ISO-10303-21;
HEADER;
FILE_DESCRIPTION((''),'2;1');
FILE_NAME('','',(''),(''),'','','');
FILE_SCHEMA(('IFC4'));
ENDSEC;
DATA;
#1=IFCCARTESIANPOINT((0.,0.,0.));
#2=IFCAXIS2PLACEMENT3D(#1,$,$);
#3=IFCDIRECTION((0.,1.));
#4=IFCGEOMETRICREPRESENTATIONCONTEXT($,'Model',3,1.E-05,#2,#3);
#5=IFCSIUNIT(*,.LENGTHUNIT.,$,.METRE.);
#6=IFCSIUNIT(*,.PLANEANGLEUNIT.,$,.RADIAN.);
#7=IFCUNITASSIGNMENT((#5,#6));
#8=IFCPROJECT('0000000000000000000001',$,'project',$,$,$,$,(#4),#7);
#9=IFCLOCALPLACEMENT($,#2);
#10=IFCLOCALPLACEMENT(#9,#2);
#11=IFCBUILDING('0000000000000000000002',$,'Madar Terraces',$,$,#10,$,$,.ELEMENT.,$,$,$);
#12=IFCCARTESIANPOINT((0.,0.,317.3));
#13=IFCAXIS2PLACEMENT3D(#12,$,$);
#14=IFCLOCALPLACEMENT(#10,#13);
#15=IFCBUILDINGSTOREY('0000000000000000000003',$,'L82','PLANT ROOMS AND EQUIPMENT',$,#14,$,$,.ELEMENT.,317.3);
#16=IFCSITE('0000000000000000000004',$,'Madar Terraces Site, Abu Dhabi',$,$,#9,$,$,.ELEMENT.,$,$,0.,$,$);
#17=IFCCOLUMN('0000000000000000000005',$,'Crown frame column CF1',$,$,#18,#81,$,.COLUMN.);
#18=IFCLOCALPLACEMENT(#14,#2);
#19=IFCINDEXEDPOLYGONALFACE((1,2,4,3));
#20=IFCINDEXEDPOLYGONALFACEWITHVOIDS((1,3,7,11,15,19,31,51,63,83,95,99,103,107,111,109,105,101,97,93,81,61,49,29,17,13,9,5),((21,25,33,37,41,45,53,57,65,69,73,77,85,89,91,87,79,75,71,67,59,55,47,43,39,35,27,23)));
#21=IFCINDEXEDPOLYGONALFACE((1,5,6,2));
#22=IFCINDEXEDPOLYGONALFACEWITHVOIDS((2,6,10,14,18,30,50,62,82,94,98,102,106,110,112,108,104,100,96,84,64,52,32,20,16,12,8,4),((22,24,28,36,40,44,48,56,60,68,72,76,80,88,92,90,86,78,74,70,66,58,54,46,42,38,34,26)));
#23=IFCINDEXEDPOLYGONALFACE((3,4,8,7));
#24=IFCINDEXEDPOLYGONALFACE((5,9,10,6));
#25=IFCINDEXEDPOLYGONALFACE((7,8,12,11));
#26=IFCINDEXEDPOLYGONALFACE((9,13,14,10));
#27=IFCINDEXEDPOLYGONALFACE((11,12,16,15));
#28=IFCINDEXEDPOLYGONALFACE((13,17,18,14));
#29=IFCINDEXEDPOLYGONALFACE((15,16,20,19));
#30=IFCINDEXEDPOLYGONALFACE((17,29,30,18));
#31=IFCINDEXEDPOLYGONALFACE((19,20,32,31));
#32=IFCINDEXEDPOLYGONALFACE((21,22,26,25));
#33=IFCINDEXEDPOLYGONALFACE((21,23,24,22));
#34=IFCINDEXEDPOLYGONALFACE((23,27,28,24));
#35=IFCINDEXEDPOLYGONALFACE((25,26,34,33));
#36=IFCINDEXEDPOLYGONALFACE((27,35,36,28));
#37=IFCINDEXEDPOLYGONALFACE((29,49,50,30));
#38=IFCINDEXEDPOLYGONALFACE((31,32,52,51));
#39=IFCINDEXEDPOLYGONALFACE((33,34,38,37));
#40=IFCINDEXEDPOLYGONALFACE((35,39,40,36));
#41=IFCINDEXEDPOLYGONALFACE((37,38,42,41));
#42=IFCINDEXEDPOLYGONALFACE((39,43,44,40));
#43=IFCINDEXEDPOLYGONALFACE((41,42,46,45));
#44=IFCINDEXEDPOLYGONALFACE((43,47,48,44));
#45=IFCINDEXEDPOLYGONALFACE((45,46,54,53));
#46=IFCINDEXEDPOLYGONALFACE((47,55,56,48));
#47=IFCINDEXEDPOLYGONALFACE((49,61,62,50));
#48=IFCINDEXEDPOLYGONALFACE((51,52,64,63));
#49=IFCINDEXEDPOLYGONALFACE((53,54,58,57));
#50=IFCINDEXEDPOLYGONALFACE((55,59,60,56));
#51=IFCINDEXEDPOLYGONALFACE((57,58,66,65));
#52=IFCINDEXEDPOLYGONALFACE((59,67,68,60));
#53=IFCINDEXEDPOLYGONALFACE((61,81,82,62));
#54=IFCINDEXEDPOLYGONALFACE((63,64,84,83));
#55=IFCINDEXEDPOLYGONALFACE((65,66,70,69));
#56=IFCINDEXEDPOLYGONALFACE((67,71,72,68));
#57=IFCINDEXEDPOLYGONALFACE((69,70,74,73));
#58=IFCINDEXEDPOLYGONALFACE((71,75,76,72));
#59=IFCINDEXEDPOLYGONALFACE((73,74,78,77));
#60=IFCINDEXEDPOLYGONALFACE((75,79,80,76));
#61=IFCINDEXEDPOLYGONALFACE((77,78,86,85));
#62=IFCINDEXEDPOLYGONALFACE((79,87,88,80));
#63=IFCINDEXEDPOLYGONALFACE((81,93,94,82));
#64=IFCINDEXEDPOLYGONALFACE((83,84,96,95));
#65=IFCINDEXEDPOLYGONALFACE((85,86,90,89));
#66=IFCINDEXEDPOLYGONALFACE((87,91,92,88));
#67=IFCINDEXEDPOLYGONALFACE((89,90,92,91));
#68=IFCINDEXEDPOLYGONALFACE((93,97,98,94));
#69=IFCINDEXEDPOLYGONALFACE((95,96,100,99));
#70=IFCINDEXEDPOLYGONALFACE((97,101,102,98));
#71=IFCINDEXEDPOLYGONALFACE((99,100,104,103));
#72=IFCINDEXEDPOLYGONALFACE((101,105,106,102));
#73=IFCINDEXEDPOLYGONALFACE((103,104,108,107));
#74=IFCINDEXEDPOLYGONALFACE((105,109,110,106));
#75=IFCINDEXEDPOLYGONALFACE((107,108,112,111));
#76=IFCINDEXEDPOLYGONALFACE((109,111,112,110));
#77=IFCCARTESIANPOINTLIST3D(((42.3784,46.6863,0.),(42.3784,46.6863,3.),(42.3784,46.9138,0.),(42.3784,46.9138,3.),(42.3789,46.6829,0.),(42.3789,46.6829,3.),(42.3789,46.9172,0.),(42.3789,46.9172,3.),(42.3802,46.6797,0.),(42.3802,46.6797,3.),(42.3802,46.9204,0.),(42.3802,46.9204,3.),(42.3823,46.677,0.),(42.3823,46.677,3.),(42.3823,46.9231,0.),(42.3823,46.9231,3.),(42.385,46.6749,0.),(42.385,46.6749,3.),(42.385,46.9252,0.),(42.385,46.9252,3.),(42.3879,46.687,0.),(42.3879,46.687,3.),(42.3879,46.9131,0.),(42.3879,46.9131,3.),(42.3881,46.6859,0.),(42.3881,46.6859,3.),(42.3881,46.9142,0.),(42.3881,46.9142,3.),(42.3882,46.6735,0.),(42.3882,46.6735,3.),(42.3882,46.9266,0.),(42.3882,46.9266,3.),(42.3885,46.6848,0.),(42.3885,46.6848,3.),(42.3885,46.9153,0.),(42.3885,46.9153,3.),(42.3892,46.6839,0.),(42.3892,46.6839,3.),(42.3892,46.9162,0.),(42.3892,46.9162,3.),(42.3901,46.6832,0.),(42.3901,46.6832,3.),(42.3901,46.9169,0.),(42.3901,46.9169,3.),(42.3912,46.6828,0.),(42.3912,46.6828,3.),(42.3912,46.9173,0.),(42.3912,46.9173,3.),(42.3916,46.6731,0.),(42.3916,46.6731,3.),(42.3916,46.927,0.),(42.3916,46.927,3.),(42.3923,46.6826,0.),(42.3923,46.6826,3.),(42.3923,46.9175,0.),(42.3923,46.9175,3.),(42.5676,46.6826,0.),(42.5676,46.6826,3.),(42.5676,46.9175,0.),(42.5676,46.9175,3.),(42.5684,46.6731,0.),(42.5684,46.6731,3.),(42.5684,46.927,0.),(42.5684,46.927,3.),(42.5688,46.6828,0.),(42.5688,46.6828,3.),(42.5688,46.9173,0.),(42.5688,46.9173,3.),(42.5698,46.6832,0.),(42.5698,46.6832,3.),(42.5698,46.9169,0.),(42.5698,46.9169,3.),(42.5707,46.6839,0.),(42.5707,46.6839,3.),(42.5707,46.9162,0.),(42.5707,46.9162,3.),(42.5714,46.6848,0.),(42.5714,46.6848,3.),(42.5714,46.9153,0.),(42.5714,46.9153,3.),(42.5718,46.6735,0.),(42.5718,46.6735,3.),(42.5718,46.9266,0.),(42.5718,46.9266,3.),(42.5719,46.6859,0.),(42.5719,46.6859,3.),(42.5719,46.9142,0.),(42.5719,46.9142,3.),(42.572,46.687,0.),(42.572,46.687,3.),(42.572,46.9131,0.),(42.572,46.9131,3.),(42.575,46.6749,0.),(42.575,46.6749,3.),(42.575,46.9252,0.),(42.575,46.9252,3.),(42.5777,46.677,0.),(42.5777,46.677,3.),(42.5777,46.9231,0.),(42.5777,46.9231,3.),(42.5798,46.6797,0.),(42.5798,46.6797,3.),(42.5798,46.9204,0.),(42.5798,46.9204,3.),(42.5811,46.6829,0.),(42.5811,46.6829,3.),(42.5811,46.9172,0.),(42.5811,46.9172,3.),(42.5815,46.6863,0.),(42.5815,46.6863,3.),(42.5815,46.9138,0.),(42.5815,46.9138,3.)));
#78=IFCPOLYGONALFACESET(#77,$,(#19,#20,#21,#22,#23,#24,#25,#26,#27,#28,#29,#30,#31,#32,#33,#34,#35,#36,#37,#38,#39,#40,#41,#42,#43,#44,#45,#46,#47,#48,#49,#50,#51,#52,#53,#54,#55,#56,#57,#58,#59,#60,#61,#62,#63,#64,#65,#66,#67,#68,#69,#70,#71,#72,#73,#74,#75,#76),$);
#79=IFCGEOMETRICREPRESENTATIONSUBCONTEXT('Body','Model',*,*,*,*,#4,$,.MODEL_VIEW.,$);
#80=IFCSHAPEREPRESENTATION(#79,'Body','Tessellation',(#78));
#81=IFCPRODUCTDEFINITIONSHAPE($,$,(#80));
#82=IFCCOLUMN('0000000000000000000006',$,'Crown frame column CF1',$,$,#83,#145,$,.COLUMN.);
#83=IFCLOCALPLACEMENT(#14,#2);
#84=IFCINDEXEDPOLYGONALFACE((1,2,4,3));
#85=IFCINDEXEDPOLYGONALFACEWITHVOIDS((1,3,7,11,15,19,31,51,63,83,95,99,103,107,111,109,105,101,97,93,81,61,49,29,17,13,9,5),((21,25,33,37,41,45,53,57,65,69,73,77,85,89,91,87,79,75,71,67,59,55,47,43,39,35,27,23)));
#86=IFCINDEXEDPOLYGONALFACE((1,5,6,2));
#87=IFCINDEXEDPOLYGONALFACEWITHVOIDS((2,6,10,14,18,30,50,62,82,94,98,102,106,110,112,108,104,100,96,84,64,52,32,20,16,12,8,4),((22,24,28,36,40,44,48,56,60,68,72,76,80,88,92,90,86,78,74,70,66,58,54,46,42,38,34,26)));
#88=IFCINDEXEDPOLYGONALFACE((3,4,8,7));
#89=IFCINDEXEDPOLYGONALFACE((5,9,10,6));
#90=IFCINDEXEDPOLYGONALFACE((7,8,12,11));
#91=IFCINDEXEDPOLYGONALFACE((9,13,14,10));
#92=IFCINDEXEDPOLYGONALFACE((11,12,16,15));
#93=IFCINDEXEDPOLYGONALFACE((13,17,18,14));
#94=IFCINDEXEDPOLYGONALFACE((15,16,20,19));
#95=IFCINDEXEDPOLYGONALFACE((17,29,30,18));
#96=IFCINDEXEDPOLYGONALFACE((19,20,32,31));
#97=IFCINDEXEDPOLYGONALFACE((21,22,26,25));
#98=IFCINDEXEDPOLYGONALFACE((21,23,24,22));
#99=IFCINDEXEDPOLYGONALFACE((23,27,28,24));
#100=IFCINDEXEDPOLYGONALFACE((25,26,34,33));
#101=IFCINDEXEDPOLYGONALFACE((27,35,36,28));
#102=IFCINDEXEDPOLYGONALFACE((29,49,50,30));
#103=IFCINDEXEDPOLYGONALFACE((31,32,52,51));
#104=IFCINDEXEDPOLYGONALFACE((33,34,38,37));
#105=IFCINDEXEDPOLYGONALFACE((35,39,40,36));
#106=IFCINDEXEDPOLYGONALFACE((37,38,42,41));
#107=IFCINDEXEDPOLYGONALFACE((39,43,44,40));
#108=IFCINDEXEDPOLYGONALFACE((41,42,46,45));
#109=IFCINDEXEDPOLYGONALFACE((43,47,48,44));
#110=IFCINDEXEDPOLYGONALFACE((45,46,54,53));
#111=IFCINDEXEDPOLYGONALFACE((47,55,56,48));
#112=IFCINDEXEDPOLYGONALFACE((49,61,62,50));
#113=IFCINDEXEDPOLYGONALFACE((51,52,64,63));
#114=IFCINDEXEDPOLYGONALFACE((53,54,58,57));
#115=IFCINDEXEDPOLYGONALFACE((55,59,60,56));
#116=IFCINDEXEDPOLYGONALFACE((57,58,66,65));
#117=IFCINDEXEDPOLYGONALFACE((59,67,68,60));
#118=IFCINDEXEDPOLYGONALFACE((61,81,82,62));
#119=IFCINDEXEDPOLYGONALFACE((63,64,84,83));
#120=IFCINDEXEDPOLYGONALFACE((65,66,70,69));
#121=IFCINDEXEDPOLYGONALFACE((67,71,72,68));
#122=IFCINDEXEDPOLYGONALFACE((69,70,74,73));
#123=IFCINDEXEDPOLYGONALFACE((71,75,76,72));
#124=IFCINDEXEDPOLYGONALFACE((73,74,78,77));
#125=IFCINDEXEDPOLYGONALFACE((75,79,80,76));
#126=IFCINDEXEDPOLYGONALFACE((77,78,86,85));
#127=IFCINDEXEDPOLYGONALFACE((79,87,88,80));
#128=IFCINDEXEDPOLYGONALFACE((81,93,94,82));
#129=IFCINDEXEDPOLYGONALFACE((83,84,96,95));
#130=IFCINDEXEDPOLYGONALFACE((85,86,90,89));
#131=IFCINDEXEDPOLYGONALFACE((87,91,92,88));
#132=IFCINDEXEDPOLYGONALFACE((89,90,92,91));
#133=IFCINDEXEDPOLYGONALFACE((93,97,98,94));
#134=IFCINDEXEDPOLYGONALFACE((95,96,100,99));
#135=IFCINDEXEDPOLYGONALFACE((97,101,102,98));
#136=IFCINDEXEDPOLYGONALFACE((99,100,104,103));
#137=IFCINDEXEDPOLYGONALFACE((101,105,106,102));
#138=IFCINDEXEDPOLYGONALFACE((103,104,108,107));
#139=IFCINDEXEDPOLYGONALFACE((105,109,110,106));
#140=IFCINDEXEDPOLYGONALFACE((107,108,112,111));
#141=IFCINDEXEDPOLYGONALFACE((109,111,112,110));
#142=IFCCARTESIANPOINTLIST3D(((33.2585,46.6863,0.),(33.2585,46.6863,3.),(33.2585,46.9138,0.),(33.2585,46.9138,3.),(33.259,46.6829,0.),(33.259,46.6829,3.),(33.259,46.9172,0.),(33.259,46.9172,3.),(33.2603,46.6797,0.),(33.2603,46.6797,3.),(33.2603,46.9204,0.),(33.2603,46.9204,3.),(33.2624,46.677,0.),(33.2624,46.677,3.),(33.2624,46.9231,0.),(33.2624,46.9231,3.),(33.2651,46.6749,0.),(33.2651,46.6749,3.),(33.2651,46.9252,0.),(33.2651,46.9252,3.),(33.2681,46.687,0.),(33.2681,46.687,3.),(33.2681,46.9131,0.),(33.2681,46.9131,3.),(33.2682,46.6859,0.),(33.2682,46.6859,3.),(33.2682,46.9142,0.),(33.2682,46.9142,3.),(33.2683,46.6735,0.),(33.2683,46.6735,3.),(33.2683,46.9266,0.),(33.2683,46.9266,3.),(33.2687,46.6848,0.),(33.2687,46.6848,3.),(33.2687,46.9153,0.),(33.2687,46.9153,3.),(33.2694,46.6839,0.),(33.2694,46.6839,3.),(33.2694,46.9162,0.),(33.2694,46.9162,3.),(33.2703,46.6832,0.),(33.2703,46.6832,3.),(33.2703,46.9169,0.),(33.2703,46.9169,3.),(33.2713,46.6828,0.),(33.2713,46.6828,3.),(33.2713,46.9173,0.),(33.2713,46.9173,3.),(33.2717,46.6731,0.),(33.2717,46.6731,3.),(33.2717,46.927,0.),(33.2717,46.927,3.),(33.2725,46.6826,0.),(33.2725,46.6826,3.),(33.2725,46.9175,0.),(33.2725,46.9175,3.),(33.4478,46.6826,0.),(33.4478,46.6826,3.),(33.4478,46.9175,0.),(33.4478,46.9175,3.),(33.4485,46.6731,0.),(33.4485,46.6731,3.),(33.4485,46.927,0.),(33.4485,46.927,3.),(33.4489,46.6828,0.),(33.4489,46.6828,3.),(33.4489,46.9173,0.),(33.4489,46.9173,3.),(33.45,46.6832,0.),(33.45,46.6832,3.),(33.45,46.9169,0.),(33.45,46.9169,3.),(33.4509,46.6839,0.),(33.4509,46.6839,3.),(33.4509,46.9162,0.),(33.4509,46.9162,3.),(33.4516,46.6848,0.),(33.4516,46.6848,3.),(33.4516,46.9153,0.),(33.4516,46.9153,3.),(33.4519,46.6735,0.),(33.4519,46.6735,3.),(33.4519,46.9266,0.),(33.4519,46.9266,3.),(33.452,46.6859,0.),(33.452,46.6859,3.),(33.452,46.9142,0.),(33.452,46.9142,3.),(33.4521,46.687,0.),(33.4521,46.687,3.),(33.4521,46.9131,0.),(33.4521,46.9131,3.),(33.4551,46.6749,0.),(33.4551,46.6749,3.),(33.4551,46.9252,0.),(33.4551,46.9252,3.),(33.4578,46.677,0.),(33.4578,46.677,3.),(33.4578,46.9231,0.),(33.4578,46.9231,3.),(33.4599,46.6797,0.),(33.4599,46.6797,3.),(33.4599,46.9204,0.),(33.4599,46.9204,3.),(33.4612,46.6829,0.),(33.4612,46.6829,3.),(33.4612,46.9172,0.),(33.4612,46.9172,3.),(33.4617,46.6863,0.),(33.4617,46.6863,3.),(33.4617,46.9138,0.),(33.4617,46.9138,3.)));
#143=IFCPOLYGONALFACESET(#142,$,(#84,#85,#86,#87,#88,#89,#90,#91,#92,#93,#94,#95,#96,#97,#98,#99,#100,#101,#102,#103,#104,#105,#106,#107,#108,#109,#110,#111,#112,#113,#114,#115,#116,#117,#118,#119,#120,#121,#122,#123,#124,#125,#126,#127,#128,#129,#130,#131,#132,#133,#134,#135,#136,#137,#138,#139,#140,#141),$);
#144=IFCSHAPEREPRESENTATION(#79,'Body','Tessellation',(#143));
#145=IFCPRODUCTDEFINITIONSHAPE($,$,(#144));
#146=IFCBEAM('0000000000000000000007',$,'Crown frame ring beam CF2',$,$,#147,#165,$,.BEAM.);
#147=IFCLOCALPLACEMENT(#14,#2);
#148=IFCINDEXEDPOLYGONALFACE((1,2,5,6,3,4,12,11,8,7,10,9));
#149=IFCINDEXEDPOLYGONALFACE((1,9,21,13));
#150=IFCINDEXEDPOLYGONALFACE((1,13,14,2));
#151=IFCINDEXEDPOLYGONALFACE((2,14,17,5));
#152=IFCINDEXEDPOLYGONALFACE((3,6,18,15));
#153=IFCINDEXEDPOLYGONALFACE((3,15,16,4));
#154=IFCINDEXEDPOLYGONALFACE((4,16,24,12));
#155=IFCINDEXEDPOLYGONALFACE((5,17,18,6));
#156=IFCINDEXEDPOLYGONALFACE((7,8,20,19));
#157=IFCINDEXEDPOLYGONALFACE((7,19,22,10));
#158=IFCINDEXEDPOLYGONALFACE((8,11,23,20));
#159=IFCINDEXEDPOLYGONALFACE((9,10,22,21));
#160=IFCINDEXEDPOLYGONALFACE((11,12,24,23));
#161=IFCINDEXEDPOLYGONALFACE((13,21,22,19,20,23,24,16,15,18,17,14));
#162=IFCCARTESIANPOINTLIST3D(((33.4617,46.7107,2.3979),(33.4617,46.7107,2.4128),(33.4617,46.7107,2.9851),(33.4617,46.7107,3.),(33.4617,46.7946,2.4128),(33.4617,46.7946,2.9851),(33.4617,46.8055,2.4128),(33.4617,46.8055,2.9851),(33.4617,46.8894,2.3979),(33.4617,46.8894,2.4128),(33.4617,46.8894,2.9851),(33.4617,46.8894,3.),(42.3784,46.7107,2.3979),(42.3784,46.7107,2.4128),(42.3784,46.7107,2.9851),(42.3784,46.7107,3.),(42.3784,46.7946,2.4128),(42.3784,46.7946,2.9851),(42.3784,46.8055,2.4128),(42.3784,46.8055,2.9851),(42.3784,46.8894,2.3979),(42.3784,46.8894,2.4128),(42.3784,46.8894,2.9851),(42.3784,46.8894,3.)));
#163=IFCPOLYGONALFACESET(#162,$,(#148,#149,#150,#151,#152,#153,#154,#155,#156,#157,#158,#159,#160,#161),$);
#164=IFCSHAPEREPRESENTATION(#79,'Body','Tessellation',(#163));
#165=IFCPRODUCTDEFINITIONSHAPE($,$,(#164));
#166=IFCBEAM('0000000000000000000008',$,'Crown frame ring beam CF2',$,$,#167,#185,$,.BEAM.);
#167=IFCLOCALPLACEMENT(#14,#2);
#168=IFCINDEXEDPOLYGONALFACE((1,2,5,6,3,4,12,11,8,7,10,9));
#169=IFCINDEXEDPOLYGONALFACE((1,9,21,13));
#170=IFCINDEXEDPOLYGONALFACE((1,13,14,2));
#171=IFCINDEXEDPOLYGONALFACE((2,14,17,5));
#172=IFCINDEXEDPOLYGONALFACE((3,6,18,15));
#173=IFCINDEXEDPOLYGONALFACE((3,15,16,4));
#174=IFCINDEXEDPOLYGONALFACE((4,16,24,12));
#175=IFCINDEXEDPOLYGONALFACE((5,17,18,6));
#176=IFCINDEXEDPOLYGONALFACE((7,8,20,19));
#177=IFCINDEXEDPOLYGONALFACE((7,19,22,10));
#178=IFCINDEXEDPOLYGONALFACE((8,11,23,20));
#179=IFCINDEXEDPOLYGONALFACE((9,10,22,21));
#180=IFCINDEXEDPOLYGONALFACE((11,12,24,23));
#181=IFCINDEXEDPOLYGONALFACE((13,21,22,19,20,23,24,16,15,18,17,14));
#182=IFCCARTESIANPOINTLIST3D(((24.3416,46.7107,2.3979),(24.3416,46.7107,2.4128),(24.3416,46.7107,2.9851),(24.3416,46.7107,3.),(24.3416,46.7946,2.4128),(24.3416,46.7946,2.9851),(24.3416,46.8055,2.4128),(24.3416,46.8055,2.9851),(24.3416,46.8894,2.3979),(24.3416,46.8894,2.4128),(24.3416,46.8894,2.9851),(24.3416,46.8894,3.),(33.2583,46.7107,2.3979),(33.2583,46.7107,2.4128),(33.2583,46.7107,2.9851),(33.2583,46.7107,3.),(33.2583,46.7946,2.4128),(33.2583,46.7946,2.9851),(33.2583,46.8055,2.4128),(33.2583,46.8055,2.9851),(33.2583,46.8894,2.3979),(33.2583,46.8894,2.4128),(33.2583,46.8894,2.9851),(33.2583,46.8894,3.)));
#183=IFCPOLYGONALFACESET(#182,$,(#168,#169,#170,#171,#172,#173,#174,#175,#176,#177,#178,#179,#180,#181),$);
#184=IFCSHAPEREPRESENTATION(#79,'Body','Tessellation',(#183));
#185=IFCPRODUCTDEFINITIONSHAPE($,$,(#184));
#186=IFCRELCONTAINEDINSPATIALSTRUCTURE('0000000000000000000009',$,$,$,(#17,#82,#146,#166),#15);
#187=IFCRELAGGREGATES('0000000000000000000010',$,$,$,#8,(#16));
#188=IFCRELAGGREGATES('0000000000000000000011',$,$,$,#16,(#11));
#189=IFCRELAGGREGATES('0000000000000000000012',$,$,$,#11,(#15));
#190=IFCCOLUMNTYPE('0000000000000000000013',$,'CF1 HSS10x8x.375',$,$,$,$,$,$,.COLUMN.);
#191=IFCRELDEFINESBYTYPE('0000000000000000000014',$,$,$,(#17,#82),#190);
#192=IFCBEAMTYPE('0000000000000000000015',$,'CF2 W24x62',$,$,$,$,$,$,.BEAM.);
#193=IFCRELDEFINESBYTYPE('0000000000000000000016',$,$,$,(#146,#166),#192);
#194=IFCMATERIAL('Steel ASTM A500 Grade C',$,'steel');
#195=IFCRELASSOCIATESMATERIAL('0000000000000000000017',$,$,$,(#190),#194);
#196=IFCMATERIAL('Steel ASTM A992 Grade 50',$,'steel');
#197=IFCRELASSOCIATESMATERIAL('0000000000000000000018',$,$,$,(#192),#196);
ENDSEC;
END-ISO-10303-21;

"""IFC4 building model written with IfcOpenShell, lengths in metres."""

from ifc_helpers import new_model, si_unit, direction, frame, origin, origin_2d, place, context, subcontext, project, spatial, hollow_rectangle, i_section, extrude, material, material_profile, profile_set, type_object, element, save


model = new_model("IFC4")

# Units and contexts
model_context = context("Model", 3, precision=1e-05, world=origin(), true_north=direction((0.0, 1.0)))
body_context = subcontext(model_context, "Body", "Model", "MODEL_VIEW")
ifc_project = project(units=[si_unit("LENGTHUNIT", "METRE"), si_unit("PLANEANGLEUNIT", "RADIAN")], contexts=[model_context])

# Site, building, storey
site_placement = place(None, origin())
site = spatial("IfcSite", under=ifc_project, at=site_placement, Name="Madar Terraces Site, Abu Dhabi", CompositionType="ELEMENT", RefElevation=0.0)
building_placement = place(site_placement, origin())
building = spatial("IfcBuilding", under=site, at=building_placement, Name="Madar Terraces", CompositionType="ELEMENT")
storey_placement = place(building_placement, frame((0.0, 0.0, 317.3)))
storey = spatial("IfcBuildingStorey", under=building, at=storey_placement, Name="L82", Description="PLANT ROOMS AND EQUIPMENT", CompositionType="ELEMENT", Elevation=317.3)

# Columns
ifc_material_1 = material(Name="Steel ASTM A500 Grade C", Category="steel")
ifc_material_profile_1 = material_profile(ifc_material_1, hollow_rectangle(XDim=0.2031, YDim=0.2539, WallThickness=0.0095, InnerFilletRadius=0.0044, OuterFilletRadius=0.0132, at=origin_2d()), Name="HSS10x8x.375")
ifc_profile_set_1 = profile_set([ifc_material_profile_1], Name="Steel ASTM A500 Grade C")
column_type = type_object("IfcColumnType", Name="CF1 HSS10x8x.375", PredefinedType="COLUMN", material=ifc_profile_set_1)
for number, where, z_axis, x_axis, name in (
    (1, (42.48, 46.8, 0.0), (0.0, 0.0, 1.0), (1.0, 0.0, 0.0), "Crown frame column CF1"),
    (2, (33.3601, 46.8, 0.0), (0.0, 0.0, 1.0), (1.0, 0.0, 0.0), "Crown frame column CF1"),
):
    element("IfcColumn", number, at=place(storey_placement, frame(where, z_axis=z_axis, x_axis=x_axis)), inside=storey, type_object=column_type, Name=name, PredefinedType="COLUMN", context=body_context, shape_type="SweptSolid", body=[
        extrude(hollow_rectangle(XDim=0.2031, YDim=0.2539, WallThickness=0.0095, InnerFilletRadius=0.0044, OuterFilletRadius=0.0132, at=origin_2d()), origin(), (0.0, 0.0, 1.0), 3.0),
    ])

# Beams
ifc_material_2 = material(Name="Steel ASTM A992 Grade 50", Category="steel")
ifc_material_profile_2 = material_profile(ifc_material_2, i_section(OverallWidth=0.1787, OverallDepth=0.6021, WebThickness=0.011, FlangeThickness=0.0149, at=origin_2d()), Name="W24x62")
ifc_profile_set_2 = profile_set([ifc_material_profile_2], Name="Steel ASTM A992 Grade 50")
beam_type = type_object("IfcBeamType", Name="CF2 W24x62", PredefinedType="BEAM", material=ifc_profile_set_2)
for number, where, z_axis, x_axis, name in (
    (3, (42.3784, 46.8, 2.699), (-1.0, 0.0, 0.0), (0.0, -1.0, 0.0), "Crown frame ring beam CF2"),
    (4, (33.2583, 46.8, 2.699), (-1.0, 0.0, 0.0), (0.0, -1.0, 0.0), "Crown frame ring beam CF2"),
):
    element("IfcBeam", number, at=place(storey_placement, frame(where, z_axis=z_axis, x_axis=x_axis)), inside=storey, type_object=beam_type, Name=name, PredefinedType="BEAM", context=body_context, shape_type="SweptSolid", body=[
        extrude(i_section(OverallWidth=0.1787, OverallDepth=0.6021, WebThickness=0.011, FlangeThickness=0.0149, at=origin_2d()), origin(), (0.0, 0.0, 1.0), 8.9167),
    ])

save(model, "model.ifc")
